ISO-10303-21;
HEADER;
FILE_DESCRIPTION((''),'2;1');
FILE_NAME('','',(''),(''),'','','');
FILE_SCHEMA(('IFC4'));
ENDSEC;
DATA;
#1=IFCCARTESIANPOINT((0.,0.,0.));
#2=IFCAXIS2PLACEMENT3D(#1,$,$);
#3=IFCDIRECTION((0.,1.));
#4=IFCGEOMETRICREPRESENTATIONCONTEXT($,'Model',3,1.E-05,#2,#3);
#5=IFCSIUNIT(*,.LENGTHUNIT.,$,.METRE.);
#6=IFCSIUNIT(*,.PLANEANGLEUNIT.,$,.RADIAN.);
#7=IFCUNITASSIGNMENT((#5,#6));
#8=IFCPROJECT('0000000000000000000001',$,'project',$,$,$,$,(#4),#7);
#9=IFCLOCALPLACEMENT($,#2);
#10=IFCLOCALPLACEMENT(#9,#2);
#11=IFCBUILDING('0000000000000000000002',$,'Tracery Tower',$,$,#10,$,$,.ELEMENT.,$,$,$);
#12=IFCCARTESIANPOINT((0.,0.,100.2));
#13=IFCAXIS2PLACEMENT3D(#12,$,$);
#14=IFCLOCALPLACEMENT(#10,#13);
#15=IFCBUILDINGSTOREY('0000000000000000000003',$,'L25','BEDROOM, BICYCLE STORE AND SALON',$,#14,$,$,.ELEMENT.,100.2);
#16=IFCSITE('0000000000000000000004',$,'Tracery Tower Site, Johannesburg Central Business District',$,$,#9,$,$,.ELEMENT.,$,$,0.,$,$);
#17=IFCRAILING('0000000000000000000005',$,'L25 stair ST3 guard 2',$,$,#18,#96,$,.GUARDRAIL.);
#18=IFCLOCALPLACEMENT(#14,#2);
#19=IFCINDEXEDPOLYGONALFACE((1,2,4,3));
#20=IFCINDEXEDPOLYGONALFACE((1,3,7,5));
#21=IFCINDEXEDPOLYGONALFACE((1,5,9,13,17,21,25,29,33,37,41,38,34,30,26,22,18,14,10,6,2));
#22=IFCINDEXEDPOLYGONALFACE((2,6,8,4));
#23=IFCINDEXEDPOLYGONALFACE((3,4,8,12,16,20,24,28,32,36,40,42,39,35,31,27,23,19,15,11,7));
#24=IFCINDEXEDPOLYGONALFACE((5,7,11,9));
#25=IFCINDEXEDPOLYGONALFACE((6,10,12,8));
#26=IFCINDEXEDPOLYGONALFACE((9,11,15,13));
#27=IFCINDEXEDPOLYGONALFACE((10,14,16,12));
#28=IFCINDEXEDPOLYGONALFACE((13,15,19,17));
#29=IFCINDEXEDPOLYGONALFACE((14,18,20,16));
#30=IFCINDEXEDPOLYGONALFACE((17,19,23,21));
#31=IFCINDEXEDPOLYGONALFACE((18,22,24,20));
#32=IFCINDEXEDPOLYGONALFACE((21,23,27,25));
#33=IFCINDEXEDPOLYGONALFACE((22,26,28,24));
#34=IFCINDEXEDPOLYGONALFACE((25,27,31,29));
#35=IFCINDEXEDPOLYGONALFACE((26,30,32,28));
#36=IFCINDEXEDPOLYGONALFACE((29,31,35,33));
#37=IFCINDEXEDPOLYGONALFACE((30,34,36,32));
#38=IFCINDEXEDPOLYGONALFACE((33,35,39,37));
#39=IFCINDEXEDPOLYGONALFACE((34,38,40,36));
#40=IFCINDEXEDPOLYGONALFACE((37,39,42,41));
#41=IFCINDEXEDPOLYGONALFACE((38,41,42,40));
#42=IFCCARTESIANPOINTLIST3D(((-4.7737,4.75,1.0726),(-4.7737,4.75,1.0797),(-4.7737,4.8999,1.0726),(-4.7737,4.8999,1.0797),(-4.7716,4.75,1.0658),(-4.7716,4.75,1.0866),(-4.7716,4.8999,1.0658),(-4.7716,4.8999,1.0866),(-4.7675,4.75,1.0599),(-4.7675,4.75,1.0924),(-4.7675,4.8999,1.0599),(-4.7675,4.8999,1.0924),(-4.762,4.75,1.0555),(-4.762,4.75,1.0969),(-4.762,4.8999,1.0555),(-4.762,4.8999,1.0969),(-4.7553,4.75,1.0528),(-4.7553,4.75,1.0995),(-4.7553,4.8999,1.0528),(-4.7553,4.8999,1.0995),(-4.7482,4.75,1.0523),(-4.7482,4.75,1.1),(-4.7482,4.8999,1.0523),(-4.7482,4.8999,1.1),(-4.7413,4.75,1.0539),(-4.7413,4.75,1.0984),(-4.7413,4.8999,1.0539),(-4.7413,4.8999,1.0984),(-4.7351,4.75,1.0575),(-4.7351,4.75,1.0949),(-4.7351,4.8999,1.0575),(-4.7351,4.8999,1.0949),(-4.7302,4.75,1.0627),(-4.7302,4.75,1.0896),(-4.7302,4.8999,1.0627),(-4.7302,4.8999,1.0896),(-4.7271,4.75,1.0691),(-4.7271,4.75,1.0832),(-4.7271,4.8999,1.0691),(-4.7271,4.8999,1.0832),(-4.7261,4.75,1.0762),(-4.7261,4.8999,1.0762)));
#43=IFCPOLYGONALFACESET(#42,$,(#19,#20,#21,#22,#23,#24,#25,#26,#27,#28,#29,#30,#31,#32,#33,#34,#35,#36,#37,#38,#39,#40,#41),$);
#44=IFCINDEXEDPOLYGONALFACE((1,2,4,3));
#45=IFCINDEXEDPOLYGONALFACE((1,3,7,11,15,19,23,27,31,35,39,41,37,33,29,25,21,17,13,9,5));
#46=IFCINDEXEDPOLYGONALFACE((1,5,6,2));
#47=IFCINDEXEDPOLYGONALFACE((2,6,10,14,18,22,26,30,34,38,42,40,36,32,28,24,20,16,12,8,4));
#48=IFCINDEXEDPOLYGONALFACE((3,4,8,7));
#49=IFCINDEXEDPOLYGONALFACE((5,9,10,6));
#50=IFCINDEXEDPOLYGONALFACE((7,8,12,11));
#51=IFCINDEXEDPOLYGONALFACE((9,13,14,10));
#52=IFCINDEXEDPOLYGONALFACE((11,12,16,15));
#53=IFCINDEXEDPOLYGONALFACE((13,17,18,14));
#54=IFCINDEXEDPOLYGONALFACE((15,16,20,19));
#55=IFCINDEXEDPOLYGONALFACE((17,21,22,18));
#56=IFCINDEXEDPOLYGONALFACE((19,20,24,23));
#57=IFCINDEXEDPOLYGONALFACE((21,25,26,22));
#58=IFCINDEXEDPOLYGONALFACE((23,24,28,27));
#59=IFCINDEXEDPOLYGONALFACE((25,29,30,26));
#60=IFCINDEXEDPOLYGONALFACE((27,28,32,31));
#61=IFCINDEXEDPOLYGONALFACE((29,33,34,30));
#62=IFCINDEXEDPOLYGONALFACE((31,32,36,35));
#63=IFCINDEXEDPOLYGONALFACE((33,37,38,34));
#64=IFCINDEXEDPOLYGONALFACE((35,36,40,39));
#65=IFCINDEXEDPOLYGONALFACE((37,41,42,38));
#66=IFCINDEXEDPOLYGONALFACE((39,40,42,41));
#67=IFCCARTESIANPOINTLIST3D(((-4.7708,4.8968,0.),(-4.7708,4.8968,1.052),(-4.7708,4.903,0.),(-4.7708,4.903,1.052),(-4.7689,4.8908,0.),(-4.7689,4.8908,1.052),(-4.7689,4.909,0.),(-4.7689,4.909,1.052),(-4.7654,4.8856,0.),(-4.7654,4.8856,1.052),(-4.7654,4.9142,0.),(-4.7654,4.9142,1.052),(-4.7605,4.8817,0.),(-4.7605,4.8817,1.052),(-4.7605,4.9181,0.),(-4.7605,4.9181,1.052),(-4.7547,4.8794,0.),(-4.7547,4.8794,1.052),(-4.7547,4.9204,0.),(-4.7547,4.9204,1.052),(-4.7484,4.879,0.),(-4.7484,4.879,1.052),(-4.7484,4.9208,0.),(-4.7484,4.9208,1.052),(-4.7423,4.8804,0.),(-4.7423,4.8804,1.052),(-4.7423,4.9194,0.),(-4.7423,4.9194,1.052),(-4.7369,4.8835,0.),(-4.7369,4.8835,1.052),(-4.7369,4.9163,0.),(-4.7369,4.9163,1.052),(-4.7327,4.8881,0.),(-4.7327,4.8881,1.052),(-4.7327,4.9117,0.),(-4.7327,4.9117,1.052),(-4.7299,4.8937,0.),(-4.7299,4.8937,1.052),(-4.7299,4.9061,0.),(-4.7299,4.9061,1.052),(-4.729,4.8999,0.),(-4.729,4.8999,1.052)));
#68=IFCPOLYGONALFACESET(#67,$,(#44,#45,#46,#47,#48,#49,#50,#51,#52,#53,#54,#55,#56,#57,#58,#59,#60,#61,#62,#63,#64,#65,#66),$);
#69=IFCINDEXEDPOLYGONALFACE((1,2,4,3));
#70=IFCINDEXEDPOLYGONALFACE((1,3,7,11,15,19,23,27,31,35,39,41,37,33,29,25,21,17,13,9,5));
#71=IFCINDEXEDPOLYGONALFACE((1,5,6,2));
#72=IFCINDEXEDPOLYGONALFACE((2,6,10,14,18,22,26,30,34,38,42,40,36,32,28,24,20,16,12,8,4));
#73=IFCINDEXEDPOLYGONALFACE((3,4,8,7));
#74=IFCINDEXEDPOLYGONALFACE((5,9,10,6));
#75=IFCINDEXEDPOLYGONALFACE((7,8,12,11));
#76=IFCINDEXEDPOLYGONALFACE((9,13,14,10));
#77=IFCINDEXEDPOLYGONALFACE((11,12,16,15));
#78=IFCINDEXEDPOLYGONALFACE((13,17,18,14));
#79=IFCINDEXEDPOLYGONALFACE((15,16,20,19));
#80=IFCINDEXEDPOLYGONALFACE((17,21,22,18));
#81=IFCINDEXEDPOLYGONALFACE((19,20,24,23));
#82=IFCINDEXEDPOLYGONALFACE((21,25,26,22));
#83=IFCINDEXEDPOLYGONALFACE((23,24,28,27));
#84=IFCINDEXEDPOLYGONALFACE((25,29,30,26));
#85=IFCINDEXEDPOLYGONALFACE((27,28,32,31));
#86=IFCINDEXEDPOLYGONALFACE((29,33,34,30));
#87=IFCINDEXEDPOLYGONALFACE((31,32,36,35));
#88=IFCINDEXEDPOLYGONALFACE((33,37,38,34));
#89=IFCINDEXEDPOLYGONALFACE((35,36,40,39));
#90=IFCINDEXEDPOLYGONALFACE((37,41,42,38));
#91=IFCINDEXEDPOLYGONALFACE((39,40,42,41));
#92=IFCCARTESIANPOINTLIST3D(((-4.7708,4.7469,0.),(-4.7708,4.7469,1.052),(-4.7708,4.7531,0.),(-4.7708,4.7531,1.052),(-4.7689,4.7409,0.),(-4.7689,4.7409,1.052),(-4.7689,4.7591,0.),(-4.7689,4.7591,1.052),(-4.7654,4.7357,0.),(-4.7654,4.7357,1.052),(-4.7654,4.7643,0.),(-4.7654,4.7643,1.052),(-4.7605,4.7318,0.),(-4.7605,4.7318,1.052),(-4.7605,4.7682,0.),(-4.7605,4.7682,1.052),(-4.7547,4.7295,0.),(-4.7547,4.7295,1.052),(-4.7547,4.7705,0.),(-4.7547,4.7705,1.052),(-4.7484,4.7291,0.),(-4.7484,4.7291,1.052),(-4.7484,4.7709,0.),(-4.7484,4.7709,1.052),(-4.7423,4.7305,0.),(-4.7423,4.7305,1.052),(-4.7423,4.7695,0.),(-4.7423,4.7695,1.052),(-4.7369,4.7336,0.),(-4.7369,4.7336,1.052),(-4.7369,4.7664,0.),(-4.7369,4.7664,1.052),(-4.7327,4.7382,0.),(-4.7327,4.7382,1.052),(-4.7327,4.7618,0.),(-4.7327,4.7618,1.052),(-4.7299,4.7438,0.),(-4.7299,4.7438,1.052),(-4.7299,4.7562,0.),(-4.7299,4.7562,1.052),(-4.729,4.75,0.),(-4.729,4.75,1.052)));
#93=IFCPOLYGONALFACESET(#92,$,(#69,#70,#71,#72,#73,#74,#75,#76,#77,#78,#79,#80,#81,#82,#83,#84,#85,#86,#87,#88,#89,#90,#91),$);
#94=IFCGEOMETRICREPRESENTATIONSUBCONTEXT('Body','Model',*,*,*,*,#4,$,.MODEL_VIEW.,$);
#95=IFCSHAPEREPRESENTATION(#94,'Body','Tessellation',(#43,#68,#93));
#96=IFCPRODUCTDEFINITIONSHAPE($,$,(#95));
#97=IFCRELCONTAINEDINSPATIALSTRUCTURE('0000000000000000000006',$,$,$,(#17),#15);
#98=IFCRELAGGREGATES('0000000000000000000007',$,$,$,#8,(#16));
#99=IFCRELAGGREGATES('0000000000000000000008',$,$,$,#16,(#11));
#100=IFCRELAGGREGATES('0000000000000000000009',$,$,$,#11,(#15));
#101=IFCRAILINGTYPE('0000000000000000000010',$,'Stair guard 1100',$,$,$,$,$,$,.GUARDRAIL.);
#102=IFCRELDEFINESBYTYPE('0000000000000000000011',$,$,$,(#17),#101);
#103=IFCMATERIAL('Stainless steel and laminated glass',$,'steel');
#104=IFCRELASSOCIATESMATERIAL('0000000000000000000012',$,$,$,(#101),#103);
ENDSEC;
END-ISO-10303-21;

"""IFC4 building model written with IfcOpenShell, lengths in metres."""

from ifc_helpers import new_model, si_unit, direction, frame, origin, origin_2d, place, context, subcontext, project, spatial, circle, extrude, material, type_object, element, save


model = new_model("IFC4")

# Units and contexts
model_context = context("Model", 3, precision=1e-05, world=origin(), true_north=direction((0.0, 1.0)))
body_context = subcontext(model_context, "Body", "Model", "MODEL_VIEW")
ifc_project = project(units=[si_unit("LENGTHUNIT", "METRE"), si_unit("PLANEANGLEUNIT", "RADIAN")], contexts=[model_context])

# Site, building, storey
site_placement = place(None, origin())
site = spatial("IfcSite", under=ifc_project, at=site_placement, Name="Tracery Tower Site, Johannesburg Central Business District", CompositionType="ELEMENT", RefElevation=0.0)
building_placement = place(site_placement, origin())
building = spatial("IfcBuilding", under=site, at=building_placement, Name="Tracery Tower", CompositionType="ELEMENT")
storey_placement = place(building_placement, frame((0.0, 0.0, 100.2)))
storey = spatial("IfcBuildingStorey", under=building, at=storey_placement, Name="L25", Description="BEDROOM, BICYCLE STORE AND SALON", CompositionType="ELEMENT", Elevation=100.2)

# Railing
ifc_material_1 = material(Name="Stainless steel and laminated glass", Category="steel")
railing_type_1 = type_object("IfcRailingType", Name="Stair guard 1100", PredefinedType="GUARDRAIL", material=ifc_material_1)
railing_1_placement = place(storey_placement, frame((-4.75, 4.8999, 0.0)))
element("IfcRailing", 1, at=railing_1_placement, inside=storey, type_object=railing_type_1, Name="L25 stair ST3 guard 2", PredefinedType="GUARDRAIL", context=body_context, shape_type="SweptSolid", body=[
    extrude(circle(Radius=0.0239, at=origin_2d()), frame((0.0, 0.0, 1.0762), z_axis=(0.0, -1.0, 0.0), x_axis=(1.0, 0.0, 0.0)), (0.0, 0.0, 1.0), 0.1499),
    extrude(circle(Radius=0.021, at=origin_2d()), origin(), (0.0, 0.0, 1.0), 1.052),
    extrude(circle(Radius=0.021, at=origin_2d()), frame((0.0, -0.1499, 0.0)), (0.0, 0.0, 1.0), 1.052),
])

save(model, "model.ifc")
